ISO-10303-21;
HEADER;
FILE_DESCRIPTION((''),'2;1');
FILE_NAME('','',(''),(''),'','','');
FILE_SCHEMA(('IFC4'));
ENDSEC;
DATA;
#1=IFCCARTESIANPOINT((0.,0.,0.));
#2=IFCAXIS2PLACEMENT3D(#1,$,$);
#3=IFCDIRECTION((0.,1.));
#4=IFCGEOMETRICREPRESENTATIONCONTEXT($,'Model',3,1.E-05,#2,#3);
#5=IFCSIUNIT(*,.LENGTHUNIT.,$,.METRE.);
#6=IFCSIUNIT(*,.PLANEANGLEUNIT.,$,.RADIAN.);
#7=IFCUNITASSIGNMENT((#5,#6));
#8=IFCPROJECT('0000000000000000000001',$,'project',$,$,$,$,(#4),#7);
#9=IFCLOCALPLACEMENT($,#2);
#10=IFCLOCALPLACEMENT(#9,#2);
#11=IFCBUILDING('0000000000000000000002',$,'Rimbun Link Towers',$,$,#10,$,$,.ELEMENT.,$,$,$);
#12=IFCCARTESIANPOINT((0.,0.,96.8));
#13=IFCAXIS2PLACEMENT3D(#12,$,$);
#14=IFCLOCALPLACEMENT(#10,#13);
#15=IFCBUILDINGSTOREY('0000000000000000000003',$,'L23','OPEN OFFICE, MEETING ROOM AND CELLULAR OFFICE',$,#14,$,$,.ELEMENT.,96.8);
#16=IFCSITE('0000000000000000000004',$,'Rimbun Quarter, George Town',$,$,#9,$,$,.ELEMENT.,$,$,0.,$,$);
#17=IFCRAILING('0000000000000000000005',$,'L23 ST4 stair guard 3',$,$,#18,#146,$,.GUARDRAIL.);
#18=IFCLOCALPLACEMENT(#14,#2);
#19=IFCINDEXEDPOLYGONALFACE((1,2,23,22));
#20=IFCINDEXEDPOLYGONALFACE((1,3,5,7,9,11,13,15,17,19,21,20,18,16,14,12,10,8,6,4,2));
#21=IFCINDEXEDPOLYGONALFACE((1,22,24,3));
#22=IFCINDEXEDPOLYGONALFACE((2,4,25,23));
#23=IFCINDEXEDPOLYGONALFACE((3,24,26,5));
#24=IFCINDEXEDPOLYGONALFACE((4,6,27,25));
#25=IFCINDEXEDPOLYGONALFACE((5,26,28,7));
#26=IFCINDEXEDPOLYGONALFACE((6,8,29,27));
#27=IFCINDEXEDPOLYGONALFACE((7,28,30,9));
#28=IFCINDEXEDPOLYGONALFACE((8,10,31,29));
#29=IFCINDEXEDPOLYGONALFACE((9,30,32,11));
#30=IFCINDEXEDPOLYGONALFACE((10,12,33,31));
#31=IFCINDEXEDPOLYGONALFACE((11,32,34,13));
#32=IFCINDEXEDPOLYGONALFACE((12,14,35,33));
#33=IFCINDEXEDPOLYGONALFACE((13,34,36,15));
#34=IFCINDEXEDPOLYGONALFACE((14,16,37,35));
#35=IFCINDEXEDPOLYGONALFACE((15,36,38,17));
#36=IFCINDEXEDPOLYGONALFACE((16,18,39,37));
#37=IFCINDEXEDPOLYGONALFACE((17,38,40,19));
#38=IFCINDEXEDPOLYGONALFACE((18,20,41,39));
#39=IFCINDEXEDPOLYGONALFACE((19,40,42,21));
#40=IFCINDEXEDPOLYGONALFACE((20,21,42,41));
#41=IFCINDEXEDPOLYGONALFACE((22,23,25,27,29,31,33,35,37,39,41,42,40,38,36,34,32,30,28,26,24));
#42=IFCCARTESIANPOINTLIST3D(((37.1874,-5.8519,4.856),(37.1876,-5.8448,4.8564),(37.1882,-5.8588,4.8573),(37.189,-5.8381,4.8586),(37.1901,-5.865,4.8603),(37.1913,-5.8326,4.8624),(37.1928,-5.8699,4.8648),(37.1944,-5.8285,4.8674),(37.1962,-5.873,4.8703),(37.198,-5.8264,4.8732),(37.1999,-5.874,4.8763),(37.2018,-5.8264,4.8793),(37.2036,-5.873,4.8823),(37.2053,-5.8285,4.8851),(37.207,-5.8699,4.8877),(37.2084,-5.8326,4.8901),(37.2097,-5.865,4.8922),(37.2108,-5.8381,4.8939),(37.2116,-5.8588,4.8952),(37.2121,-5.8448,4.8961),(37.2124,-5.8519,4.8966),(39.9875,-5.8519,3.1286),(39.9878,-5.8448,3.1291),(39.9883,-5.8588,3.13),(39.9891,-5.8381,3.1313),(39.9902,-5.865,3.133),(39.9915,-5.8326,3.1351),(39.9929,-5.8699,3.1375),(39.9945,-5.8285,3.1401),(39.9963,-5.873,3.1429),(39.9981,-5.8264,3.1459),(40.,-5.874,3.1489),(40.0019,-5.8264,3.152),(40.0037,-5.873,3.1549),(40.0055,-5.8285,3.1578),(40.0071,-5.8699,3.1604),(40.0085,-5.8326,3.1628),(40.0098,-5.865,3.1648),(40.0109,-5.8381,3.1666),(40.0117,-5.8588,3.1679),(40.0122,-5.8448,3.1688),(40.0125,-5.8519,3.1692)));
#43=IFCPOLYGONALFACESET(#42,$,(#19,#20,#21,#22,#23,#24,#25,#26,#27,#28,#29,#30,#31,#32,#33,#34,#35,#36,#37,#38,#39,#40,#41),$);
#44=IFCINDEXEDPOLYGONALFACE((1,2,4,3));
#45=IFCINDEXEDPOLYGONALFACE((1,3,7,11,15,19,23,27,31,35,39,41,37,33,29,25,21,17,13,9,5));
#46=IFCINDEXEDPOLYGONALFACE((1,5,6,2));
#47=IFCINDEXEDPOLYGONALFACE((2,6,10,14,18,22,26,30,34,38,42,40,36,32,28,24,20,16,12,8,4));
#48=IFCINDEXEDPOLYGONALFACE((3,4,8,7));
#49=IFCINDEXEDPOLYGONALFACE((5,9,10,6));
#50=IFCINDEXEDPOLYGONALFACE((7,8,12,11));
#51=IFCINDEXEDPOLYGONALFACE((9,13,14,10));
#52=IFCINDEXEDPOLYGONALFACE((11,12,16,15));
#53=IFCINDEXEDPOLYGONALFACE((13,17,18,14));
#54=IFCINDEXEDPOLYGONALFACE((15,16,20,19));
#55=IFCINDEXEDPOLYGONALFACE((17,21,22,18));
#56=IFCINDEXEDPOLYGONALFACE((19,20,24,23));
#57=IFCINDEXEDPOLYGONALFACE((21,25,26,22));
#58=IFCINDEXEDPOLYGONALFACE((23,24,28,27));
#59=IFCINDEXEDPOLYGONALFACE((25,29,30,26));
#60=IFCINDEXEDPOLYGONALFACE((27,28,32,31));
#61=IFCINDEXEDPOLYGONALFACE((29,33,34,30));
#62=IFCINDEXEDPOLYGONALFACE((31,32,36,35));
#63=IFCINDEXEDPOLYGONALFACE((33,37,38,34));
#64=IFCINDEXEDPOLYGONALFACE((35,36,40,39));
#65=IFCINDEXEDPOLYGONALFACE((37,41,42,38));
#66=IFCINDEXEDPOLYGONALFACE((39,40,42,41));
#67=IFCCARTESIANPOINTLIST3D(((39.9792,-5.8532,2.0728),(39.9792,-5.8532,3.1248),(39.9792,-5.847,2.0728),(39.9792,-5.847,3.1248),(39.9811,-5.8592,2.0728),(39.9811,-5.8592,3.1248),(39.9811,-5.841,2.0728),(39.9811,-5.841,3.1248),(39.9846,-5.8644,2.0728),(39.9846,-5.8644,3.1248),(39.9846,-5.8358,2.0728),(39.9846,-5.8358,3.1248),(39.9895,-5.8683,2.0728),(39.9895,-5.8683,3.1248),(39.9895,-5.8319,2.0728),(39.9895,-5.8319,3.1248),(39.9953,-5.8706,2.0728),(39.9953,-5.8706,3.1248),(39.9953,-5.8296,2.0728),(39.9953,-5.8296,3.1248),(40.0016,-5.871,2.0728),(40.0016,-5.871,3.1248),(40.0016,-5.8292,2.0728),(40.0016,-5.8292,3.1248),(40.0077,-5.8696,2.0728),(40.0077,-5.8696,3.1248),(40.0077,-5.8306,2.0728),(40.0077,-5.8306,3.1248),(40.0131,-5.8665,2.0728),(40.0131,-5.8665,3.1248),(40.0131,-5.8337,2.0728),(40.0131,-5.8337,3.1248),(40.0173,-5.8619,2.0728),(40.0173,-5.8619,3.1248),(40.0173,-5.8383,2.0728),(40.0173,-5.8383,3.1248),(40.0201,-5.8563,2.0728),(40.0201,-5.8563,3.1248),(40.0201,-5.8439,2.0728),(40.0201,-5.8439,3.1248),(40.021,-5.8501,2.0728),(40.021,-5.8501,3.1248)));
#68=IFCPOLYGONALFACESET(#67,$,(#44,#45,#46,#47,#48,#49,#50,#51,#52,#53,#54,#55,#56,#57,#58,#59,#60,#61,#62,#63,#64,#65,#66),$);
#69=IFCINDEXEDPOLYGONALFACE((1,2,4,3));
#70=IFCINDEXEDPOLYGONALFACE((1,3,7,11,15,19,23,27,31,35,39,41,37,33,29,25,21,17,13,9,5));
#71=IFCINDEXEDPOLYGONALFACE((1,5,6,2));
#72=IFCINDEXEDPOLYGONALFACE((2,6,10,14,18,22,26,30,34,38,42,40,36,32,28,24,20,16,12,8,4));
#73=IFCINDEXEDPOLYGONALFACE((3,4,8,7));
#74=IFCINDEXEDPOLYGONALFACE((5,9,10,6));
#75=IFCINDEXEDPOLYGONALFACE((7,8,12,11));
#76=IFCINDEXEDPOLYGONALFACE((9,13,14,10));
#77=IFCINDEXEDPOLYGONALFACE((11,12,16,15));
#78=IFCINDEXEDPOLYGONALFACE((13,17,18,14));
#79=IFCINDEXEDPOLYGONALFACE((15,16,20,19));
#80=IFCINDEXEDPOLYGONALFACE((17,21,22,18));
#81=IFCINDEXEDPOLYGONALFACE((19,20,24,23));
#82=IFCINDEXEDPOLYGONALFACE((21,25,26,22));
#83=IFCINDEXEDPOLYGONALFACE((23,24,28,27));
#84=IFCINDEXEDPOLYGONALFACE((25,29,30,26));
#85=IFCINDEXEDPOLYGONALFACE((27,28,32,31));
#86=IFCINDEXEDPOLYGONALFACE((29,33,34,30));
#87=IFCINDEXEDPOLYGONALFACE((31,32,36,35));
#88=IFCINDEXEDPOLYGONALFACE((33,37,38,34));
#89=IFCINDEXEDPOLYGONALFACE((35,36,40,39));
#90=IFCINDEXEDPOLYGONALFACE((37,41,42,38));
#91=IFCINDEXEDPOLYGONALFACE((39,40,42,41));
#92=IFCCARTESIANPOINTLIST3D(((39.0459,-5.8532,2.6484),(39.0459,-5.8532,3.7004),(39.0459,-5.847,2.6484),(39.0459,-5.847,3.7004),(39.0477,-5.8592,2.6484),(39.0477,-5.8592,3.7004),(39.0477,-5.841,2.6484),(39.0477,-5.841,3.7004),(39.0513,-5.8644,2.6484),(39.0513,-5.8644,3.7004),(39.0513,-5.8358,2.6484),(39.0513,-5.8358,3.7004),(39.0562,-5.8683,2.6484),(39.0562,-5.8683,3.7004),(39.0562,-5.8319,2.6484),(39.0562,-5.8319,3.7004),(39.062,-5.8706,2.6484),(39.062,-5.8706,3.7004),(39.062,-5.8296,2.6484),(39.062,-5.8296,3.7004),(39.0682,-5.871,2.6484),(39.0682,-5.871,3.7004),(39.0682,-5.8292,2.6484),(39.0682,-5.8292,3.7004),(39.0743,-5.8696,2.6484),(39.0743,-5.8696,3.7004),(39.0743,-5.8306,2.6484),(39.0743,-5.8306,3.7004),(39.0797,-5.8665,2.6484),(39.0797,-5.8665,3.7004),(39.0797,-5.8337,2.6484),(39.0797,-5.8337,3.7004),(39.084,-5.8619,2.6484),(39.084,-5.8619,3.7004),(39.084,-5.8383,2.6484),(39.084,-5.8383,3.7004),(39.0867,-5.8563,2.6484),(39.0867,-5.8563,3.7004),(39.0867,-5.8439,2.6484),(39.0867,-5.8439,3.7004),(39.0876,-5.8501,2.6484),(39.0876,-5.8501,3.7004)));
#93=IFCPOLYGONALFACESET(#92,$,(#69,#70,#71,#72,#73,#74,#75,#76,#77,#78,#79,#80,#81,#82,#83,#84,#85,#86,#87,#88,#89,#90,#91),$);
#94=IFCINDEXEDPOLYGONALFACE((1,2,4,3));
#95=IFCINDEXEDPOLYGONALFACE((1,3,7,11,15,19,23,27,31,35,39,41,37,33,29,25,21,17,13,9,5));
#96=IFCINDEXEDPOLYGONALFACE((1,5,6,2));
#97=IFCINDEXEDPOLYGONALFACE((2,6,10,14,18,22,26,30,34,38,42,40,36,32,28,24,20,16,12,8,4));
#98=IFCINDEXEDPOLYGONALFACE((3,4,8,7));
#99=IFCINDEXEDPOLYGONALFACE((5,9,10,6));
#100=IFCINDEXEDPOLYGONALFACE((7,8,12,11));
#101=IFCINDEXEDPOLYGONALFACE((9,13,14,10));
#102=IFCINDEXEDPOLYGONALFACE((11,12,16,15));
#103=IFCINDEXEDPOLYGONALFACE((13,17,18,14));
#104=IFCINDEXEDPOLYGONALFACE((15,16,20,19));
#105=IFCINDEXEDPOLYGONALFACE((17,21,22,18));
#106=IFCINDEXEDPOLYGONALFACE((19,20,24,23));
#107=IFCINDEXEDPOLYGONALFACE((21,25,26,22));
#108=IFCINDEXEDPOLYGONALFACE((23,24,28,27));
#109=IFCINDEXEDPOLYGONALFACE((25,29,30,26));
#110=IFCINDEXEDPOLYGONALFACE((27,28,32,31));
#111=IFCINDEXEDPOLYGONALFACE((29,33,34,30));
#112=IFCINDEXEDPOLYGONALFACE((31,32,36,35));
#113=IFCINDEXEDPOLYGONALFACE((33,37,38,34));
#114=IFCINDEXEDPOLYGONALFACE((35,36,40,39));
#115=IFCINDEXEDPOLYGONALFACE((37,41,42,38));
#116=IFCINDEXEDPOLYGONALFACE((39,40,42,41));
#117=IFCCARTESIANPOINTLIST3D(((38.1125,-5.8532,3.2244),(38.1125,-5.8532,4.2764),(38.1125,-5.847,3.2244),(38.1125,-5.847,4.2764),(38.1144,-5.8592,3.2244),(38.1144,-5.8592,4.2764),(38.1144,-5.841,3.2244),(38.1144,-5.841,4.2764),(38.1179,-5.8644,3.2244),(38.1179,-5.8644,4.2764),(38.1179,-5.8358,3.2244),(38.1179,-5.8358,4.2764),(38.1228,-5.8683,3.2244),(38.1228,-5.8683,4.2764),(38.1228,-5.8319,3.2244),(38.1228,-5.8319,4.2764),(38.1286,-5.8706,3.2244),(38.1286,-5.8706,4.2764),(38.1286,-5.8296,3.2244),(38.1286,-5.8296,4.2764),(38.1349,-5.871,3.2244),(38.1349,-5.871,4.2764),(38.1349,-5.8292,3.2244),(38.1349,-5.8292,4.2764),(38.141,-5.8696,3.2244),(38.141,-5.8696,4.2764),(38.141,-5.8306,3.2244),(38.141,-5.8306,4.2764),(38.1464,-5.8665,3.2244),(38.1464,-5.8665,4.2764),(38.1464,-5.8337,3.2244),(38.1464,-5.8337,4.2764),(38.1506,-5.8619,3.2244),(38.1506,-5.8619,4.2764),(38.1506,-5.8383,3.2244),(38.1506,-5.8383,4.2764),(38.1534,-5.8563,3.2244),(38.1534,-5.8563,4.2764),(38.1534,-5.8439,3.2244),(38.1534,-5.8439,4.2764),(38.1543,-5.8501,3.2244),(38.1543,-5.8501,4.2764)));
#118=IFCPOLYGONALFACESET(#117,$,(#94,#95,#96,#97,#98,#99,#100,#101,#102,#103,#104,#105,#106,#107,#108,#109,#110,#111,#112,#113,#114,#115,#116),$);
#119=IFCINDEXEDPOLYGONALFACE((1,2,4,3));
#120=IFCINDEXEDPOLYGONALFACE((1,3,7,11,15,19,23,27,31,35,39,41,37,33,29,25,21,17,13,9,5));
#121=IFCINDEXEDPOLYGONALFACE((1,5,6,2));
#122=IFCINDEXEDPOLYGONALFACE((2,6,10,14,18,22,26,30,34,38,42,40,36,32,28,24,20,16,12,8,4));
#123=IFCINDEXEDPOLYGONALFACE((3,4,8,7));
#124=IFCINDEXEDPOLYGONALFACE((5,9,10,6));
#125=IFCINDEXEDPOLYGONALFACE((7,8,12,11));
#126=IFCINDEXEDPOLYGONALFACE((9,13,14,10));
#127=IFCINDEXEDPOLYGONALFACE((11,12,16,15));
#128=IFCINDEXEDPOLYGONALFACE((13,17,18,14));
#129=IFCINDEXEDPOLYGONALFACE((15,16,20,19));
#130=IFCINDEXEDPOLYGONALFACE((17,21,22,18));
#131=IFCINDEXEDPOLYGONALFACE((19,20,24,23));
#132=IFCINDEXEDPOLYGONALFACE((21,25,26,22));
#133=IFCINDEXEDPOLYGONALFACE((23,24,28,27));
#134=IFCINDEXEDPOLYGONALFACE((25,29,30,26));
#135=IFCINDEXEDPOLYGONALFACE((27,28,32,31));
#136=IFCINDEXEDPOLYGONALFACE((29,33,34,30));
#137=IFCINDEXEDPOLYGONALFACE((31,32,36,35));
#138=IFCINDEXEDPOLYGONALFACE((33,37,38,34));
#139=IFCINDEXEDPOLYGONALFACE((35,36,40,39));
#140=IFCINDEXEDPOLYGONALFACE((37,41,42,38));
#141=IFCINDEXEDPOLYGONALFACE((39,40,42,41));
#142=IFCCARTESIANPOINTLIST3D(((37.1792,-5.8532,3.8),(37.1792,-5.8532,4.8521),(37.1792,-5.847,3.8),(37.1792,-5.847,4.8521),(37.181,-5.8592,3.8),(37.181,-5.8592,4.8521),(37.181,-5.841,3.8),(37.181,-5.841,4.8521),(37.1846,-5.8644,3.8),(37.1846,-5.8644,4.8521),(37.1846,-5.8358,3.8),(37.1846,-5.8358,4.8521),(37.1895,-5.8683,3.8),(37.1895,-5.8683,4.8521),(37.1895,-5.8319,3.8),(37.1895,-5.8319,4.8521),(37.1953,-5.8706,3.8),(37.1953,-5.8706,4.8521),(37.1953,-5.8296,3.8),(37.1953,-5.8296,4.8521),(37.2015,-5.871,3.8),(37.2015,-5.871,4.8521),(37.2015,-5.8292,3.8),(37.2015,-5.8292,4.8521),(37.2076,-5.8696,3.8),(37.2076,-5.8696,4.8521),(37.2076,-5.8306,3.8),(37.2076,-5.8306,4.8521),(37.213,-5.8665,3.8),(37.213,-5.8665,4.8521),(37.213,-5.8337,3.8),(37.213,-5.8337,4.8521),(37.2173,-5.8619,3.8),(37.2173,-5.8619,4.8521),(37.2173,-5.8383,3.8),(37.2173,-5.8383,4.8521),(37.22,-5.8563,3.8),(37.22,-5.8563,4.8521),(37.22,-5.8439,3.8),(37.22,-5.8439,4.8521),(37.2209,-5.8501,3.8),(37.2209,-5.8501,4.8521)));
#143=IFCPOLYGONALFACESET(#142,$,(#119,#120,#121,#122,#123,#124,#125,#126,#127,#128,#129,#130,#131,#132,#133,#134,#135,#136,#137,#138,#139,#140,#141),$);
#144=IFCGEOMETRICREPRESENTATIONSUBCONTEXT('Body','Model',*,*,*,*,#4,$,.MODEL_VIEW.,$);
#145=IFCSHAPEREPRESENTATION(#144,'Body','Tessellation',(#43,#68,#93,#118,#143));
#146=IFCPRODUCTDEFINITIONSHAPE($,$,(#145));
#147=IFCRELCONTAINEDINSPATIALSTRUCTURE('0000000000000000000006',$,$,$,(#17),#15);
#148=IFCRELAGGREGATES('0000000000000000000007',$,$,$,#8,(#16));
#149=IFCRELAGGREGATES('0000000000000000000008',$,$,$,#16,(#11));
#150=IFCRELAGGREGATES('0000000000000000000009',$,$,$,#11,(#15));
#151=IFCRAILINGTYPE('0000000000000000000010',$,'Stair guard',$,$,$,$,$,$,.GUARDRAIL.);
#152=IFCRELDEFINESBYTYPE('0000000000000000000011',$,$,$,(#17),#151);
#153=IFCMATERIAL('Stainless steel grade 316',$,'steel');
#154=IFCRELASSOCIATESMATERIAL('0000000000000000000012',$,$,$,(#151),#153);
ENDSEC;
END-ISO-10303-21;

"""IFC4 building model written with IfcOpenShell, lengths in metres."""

from ifc_helpers import new_model, si_unit, direction, frame, origin, origin_2d, place, context, subcontext, project, spatial, circle, extrude, material, type_object, element, save


model = new_model("IFC4")

# Units and contexts
model_context = context("Model", 3, precision=1e-05, world=origin(), true_north=direction((0.0, 1.0)))
body_context = subcontext(model_context, "Body", "Model", "MODEL_VIEW")
ifc_project = project(units=[si_unit("LENGTHUNIT", "METRE"), si_unit("PLANEANGLEUNIT", "RADIAN")], contexts=[model_context])

# Site, building, storey
site_placement = place(None, origin())
site = spatial("IfcSite", under=ifc_project, at=site_placement, Name="Rimbun Quarter, George Town", CompositionType="ELEMENT", RefElevation=0.0)
building_placement = place(site_placement, origin())
building = spatial("IfcBuilding", under=site, at=building_placement, Name="Rimbun Link Towers", CompositionType="ELEMENT")
storey_placement = place(building_placement, frame((0.0, 0.0, 96.8)))
storey = spatial("IfcBuildingStorey", under=building, at=storey_placement, Name="L23", Description="OPEN OFFICE, MEETING ROOM AND CELLULAR OFFICE", CompositionType="ELEMENT", Elevation=96.8)

# Railing
ifc_material_1 = material(Name="Stainless steel grade 316", Category="steel")
railing_type_1 = type_object("IfcRailingType", Name="Stair guard", PredefinedType="GUARDRAIL", material=ifc_material_1)
railing_1_placement = place(storey_placement, frame((40.0, -5.8501, 2.0728)))
element("IfcRailing", 1, at=railing_1_placement, inside=storey, type_object=railing_type_1, Name="L23 ST4 stair guard 3", PredefinedType="GUARDRAIL", context=body_context, shape_type="SweptSolid", body=[
    extrude(circle(Radius=0.0239, at=origin_2d()), frame((0.0, 0.0, 1.0762), z_axis=(-0.85109, 0.0, 0.52502), x_axis=(0.0, -1.0, 0.0)), (0.0, 0.0, 1.0), 3.29),
    extrude(circle(Radius=0.021, at=origin_2d()), origin(), (0.0, 0.0, 1.0), 1.052),
    extrude(circle(Radius=0.021, at=origin_2d()), frame((-0.9333, 0.0, 0.5757)), (0.0, 0.0, 1.0), 1.052),
    extrude(circle(Radius=0.021, at=origin_2d()), frame((-1.8667, 0.0, 1.1516)), (0.0, 0.0, 1.0), 1.052),
    extrude(circle(Radius=0.021, at=origin_2d()), frame((-2.8, 0.0, 1.7273)), (0.0, 0.0, 1.0), 1.052),
])

save(model, "model.ifc")
